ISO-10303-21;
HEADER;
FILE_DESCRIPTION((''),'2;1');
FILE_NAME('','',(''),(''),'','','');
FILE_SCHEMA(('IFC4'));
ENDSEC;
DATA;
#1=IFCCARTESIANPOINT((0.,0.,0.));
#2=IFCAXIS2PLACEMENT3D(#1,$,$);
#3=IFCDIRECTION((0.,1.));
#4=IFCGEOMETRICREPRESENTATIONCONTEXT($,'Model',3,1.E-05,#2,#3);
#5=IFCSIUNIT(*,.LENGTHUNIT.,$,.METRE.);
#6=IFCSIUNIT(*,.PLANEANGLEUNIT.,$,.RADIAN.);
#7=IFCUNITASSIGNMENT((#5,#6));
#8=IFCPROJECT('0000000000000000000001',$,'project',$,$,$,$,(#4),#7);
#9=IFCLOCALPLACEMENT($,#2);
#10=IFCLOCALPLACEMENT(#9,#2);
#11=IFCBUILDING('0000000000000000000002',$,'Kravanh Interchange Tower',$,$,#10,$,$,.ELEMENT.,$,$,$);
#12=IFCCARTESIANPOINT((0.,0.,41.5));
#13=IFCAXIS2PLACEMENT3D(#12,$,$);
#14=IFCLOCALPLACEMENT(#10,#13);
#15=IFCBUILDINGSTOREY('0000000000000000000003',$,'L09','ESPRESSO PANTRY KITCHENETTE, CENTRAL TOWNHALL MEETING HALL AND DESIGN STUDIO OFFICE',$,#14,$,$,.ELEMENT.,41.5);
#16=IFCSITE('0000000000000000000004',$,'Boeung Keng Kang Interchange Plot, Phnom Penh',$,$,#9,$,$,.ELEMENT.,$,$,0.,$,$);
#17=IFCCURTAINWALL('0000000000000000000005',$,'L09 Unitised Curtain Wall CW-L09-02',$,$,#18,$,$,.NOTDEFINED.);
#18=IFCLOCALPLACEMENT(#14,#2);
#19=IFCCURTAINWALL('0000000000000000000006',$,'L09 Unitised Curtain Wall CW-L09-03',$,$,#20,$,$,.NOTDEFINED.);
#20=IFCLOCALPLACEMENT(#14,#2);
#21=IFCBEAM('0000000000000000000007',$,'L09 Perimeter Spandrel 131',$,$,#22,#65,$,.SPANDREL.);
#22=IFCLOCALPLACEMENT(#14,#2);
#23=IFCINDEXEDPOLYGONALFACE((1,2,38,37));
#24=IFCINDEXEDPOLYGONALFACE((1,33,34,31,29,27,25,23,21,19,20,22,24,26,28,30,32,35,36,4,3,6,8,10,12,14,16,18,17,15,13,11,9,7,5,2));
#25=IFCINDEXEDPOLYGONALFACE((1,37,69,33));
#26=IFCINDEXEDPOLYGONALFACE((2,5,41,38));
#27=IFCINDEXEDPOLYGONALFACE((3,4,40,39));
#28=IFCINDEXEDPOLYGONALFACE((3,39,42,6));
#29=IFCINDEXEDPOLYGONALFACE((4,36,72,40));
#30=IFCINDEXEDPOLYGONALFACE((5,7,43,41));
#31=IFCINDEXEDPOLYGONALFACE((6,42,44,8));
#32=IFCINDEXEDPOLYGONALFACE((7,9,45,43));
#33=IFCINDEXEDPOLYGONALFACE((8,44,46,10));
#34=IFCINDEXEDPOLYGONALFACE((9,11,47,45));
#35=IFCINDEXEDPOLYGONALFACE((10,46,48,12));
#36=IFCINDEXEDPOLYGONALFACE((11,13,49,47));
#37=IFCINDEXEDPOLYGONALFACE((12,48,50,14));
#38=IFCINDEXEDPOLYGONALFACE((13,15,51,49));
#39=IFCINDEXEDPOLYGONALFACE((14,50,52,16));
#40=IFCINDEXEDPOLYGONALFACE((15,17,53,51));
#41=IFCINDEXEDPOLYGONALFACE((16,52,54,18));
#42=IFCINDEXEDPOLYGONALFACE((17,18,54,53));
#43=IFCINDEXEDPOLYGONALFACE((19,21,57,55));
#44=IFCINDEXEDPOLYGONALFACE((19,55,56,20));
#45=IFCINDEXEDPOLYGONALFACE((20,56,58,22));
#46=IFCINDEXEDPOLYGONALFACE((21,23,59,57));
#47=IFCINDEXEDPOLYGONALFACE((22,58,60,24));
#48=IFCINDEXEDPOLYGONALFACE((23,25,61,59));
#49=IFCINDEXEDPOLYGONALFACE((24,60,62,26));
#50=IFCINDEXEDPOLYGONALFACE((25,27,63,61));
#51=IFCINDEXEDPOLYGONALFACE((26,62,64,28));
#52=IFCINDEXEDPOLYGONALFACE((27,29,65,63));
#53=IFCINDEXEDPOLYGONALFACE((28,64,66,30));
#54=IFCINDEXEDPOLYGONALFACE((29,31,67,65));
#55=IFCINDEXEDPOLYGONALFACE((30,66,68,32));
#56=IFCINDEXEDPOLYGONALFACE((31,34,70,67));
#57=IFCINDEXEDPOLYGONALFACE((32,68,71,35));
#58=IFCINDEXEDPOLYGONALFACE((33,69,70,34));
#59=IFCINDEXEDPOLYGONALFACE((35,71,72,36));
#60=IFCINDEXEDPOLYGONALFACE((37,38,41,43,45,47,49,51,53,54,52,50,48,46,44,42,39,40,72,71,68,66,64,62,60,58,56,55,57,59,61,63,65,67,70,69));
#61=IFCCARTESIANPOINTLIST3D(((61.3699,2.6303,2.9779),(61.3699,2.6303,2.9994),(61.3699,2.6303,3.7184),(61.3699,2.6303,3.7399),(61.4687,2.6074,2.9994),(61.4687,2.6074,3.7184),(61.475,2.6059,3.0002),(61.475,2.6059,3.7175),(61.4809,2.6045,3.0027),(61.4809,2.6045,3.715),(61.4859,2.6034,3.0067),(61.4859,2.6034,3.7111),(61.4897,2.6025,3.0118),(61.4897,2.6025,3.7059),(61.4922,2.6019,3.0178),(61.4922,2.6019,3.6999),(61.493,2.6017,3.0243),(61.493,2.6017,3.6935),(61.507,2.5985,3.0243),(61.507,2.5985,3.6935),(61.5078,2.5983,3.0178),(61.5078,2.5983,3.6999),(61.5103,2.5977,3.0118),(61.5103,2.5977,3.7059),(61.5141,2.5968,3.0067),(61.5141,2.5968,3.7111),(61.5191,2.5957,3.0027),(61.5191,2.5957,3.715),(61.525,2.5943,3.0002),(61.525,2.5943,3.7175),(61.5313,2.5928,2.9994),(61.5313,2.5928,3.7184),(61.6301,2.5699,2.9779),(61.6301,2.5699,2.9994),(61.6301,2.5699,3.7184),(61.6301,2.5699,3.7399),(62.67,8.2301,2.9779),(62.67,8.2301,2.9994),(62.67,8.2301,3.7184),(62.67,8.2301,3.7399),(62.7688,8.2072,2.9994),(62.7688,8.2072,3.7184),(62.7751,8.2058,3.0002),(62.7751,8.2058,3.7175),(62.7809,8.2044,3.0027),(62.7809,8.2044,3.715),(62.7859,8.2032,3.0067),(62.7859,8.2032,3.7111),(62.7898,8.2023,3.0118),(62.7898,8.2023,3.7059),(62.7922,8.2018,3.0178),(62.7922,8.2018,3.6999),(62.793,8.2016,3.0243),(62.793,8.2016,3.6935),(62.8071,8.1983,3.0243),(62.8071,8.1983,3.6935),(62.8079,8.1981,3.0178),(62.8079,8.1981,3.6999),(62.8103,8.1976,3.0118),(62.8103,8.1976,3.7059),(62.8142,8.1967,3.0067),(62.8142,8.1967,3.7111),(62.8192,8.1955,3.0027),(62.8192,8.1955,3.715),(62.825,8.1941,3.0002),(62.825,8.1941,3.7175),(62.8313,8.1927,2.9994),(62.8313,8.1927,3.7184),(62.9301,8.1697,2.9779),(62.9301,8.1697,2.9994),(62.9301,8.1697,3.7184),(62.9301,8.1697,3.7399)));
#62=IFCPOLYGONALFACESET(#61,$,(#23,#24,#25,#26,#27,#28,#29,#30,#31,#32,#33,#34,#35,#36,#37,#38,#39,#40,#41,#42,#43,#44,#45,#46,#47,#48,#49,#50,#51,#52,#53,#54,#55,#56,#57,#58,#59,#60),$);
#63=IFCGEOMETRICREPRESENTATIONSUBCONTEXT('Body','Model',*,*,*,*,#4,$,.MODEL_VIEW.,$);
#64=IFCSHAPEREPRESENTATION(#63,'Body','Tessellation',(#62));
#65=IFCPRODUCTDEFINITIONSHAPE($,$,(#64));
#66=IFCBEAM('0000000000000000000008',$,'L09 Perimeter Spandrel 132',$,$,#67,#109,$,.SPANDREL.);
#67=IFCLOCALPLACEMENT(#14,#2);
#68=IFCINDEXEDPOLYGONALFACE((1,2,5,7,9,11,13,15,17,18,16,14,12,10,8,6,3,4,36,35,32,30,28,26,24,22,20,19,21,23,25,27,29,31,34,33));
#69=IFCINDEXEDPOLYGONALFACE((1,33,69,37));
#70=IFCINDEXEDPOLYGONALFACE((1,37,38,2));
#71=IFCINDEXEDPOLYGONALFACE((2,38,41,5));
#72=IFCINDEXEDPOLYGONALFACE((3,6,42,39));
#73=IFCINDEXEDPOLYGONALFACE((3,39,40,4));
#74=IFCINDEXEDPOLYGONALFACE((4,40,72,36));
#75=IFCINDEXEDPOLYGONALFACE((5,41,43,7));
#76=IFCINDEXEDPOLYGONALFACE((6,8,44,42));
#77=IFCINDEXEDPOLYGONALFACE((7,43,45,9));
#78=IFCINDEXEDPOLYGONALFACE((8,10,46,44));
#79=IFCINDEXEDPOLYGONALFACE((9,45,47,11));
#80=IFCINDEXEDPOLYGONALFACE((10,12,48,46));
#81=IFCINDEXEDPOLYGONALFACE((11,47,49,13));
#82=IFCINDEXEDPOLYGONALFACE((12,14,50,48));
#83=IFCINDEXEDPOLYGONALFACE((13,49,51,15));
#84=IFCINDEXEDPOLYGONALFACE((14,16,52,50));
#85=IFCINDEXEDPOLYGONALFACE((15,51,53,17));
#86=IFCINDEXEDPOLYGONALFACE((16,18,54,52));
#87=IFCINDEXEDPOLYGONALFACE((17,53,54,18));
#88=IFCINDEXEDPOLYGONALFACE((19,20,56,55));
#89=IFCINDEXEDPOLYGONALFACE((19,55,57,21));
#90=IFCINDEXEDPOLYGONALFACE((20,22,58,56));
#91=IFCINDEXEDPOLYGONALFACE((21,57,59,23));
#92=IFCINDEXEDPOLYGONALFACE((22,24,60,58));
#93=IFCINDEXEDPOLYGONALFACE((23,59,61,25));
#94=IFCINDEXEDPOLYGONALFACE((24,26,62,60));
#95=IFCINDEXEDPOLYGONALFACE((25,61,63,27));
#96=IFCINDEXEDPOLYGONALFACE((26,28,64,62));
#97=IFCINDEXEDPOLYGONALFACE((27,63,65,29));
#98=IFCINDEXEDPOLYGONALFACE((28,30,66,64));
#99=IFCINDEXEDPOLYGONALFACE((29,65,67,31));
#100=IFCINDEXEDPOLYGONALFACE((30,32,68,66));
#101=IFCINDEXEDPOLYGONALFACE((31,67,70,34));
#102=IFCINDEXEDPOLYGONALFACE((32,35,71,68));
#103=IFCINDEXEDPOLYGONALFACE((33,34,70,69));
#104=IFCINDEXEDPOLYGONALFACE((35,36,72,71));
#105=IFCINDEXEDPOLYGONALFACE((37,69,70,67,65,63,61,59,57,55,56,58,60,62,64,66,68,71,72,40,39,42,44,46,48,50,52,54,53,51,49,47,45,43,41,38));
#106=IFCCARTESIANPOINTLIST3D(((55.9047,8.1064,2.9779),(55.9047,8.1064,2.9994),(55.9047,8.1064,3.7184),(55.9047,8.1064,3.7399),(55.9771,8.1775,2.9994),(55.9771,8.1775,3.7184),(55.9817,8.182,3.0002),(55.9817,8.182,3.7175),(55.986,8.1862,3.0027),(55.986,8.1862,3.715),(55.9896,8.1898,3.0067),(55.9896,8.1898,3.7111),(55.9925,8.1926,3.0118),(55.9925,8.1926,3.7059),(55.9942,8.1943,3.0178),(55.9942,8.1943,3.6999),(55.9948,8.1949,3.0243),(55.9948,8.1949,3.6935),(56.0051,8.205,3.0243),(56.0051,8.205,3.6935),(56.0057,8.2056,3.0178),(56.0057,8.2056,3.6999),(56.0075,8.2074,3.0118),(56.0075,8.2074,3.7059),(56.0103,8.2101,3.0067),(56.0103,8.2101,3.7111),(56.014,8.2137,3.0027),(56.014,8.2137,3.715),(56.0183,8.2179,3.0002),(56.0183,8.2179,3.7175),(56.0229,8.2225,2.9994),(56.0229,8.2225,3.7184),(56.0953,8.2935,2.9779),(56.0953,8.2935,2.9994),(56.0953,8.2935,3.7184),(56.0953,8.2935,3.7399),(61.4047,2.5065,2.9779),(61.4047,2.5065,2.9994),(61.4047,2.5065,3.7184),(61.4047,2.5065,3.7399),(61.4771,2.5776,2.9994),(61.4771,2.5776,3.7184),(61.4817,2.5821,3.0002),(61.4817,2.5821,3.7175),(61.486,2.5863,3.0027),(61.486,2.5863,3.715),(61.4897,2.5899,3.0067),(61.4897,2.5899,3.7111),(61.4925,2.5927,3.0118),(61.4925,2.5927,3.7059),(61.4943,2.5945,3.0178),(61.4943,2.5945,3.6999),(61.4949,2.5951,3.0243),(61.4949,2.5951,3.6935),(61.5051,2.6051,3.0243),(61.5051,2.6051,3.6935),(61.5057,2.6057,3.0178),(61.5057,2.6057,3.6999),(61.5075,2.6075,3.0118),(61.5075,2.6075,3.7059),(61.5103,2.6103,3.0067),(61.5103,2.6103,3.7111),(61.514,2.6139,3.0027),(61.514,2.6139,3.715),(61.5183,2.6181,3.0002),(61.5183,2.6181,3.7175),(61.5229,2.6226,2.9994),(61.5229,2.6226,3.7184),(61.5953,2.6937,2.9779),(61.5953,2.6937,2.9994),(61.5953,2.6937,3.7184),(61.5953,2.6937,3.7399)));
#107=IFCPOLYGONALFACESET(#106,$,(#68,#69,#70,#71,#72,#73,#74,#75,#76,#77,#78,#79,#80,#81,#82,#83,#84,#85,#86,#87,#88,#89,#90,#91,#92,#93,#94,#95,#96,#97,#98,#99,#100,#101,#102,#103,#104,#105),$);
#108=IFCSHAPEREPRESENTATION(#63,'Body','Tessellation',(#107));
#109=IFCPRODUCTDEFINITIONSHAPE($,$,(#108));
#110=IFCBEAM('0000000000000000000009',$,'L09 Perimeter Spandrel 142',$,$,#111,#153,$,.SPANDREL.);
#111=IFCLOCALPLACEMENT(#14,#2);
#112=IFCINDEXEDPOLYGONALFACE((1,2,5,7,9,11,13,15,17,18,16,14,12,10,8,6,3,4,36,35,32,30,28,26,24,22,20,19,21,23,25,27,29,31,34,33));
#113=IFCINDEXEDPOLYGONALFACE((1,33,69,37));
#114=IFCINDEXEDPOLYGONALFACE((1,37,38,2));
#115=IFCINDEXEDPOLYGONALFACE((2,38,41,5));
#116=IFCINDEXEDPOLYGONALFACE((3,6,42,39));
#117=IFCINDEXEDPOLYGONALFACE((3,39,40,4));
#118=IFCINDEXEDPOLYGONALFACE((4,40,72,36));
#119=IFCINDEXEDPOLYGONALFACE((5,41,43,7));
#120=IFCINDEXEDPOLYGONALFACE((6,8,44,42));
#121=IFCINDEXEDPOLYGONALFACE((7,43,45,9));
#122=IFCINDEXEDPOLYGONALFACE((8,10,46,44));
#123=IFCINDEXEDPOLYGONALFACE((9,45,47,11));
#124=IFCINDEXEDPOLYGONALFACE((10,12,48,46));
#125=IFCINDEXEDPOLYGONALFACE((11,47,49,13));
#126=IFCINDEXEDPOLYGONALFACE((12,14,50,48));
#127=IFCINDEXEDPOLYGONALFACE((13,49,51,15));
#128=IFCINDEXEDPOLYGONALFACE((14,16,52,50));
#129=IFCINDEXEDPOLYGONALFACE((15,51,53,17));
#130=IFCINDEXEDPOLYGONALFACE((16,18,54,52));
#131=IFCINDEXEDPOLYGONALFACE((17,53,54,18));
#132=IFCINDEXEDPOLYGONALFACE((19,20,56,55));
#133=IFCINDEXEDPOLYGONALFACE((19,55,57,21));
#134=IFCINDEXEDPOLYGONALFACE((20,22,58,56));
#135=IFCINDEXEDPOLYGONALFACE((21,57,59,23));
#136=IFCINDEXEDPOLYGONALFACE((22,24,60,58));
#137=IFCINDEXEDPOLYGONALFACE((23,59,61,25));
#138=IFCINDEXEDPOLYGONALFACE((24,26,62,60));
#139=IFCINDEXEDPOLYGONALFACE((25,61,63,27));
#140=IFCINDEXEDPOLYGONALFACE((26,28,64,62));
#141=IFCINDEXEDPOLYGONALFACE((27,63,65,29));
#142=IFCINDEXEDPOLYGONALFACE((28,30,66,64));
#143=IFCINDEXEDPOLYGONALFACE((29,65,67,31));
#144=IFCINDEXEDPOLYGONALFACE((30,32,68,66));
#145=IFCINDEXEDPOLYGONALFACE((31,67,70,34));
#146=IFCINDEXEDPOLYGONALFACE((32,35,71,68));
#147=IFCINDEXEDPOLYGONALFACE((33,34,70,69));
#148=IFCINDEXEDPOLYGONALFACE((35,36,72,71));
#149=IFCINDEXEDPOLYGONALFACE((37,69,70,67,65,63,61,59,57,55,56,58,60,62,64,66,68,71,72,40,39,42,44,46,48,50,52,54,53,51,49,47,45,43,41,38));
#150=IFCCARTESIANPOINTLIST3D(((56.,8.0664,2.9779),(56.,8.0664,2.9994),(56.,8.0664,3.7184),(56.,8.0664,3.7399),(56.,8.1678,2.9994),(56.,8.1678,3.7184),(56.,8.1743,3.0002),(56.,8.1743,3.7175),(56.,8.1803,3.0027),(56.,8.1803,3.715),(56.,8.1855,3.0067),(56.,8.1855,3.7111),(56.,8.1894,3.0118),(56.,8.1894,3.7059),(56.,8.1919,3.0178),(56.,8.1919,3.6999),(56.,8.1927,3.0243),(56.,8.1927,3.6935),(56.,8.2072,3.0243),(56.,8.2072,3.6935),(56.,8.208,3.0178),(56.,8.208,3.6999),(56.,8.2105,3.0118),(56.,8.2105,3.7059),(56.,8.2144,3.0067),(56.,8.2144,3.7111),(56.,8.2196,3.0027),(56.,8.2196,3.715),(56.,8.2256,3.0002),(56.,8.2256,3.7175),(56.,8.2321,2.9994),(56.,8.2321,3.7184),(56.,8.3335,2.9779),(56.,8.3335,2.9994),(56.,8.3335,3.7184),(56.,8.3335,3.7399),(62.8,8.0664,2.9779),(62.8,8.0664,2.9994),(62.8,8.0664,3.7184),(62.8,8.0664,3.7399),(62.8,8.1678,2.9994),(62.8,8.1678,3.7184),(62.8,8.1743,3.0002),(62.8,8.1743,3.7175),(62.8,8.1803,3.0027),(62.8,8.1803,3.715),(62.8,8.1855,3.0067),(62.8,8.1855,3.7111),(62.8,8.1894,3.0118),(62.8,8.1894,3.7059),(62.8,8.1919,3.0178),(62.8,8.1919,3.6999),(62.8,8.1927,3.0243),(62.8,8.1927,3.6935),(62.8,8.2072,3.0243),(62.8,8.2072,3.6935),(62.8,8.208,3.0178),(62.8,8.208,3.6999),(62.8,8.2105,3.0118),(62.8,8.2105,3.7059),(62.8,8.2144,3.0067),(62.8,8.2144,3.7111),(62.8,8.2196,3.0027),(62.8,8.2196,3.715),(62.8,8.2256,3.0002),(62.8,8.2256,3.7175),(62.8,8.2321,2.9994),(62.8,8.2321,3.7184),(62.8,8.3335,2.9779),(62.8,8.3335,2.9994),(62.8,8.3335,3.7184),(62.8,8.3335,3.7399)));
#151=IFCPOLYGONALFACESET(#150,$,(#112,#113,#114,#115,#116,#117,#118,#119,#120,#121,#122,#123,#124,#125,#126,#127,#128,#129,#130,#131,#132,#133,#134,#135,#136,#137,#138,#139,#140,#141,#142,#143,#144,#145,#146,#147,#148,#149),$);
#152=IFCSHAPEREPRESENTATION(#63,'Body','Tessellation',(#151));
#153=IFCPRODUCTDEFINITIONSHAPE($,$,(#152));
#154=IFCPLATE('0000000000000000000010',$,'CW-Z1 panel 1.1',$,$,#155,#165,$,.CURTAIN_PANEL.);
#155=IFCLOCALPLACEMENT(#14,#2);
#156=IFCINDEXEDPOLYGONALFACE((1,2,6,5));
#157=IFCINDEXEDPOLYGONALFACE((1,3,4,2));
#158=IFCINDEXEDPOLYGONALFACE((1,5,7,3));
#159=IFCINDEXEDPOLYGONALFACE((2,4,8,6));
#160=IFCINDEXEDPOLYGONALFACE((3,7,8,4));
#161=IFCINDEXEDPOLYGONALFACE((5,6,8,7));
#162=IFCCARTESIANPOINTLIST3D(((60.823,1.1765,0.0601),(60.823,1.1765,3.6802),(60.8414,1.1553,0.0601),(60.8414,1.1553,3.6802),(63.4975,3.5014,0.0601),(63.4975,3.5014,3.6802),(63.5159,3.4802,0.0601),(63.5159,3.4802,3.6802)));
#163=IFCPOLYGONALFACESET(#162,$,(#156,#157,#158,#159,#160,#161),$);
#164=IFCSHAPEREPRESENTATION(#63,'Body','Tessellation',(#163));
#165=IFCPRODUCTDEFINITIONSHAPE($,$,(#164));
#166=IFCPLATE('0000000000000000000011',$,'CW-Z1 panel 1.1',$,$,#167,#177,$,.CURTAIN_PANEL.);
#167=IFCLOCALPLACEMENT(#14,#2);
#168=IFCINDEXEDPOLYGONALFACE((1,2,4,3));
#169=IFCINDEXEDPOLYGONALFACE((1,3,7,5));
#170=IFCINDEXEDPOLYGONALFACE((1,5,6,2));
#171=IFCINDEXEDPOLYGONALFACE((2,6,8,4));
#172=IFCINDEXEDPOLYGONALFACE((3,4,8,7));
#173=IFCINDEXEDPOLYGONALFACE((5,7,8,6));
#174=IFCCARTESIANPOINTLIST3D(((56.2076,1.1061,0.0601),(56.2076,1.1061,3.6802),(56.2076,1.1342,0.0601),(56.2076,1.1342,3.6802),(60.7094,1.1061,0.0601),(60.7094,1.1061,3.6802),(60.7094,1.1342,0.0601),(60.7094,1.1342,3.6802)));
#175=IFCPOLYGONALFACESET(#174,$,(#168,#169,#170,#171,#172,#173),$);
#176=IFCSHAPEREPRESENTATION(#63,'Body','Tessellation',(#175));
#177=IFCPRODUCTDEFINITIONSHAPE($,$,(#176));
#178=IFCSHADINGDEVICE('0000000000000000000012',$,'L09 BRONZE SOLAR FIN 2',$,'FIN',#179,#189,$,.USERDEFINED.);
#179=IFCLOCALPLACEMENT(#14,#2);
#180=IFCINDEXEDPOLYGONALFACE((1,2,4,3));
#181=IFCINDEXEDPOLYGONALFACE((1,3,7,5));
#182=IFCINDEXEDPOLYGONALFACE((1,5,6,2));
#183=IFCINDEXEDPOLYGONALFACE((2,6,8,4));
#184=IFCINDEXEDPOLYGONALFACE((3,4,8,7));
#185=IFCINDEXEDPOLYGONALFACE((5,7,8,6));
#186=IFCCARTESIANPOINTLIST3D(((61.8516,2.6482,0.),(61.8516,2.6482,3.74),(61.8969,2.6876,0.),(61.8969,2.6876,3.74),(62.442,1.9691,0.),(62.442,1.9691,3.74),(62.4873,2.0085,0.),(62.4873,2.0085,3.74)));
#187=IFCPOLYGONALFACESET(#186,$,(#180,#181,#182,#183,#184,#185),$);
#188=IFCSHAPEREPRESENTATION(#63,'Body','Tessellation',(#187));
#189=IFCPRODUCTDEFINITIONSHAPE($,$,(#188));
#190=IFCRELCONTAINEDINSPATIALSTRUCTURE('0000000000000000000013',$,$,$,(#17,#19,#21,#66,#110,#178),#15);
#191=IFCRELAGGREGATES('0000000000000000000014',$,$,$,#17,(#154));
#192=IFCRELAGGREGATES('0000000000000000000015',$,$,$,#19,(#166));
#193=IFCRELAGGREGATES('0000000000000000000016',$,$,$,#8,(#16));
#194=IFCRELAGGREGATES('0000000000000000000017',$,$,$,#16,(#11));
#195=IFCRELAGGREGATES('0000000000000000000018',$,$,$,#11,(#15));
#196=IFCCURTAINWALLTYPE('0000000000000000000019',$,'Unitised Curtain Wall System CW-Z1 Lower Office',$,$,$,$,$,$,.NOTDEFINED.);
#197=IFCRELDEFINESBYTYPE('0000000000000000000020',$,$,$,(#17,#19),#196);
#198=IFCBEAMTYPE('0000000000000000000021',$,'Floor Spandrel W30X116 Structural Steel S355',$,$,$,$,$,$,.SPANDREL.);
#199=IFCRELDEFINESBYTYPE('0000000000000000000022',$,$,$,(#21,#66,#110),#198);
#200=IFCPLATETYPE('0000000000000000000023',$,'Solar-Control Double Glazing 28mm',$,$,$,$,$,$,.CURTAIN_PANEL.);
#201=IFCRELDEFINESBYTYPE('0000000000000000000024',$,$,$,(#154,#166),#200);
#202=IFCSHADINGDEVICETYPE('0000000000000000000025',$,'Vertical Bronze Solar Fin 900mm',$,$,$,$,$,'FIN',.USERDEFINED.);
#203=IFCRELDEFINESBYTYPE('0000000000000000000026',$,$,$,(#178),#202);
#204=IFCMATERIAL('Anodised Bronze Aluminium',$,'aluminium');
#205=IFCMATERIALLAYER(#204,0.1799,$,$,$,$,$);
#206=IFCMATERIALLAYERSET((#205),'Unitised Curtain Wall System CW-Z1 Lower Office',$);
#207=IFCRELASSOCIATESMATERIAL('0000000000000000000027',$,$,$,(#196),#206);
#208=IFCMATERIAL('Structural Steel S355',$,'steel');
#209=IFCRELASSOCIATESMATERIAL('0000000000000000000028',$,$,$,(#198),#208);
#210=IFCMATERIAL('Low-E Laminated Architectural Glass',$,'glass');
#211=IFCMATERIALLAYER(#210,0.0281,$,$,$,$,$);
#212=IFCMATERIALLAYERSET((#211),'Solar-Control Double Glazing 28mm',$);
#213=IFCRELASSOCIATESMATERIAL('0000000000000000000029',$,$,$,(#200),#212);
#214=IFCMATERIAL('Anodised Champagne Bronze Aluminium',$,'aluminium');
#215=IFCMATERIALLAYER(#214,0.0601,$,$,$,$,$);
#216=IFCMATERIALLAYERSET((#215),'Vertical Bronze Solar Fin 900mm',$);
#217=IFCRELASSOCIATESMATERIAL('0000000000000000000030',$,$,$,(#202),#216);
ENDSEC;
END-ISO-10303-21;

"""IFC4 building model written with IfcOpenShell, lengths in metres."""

from ifc_helpers import new_model, si_unit, direction, frame, origin, origin_2d, place, context, subcontext, project, spatial, rectangle, i_section, extrude, material, layer, layer_set, material_profile, profile_set, type_object, element, aggregate, save


model = new_model("IFC4")

# Units and contexts
model_context = context("Model", 3, precision=1e-05, world=origin(), true_north=direction((0.0, 1.0)))
body_context = subcontext(model_context, "Body", "Model", "MODEL_VIEW")
ifc_project = project(units=[si_unit("LENGTHUNIT", "METRE"), si_unit("PLANEANGLEUNIT", "RADIAN")], contexts=[model_context])

# Site, building, storey
site_placement = place(None, origin())
site = spatial("IfcSite", under=ifc_project, at=site_placement, Name="Boeung Keng Kang Interchange Plot, Phnom Penh", CompositionType="ELEMENT", RefElevation=0.0)
building_placement = place(site_placement, origin())
building = spatial("IfcBuilding", under=site, at=building_placement, Name="Kravanh Interchange Tower", CompositionType="ELEMENT")
storey_placement = place(building_placement, frame((0.0, 0.0, 41.5)))
storey = spatial("IfcBuildingStorey", under=building, at=storey_placement, Name="L09", Description="ESPRESSO PANTRY KITCHENETTE, CENTRAL TOWNHALL MEETING HALL AND DESIGN STUDIO OFFICE", CompositionType="ELEMENT", Elevation=41.5)

# Curtain walls
ifc_material_1 = material(Name="Anodised Bronze Aluminium", Category="aluminium")
ifc_layer_1 = layer(ifc_material_1, 0.1799)
ifc_layer_set_1 = layer_set([ifc_layer_1], Name="Unitised Curtain Wall System CW-Z1 Lower Office")
curtain_wall_type = type_object("IfcCurtainWallType", Name="Unitised Curtain Wall System CW-Z1 Lower Office", PredefinedType="NOTDEFINED", material=ifc_layer_set_1)
curtain_wall_1_placement = place(storey_placement, origin())
curtain_wall_1 = element("IfcCurtainWall", 1, at=curtain_wall_1_placement, inside=storey, type_object=curtain_wall_type, Name="L09 Unitised Curtain Wall CW-L09-02", PredefinedType="NOTDEFINED")
curtain_wall_2_placement = place(storey_placement, origin())
curtain_wall_2 = element("IfcCurtainWall", 2, at=curtain_wall_2_placement, inside=storey, type_object=curtain_wall_type, Name="L09 Unitised Curtain Wall CW-L09-03", PredefinedType="NOTDEFINED")

# Beams
ifc_material_2 = material(Name="Structural Steel S355", Category="steel")
ifc_material_profile_1 = material_profile(ifc_material_2, i_section(OverallWidth=0.2671, OverallDepth=0.762, WebThickness=0.0144, FlangeThickness=0.0215, FilletRadius=0.0249, at=origin_2d()), Name="W30X116")
ifc_profile_set_1 = profile_set([ifc_material_profile_1], Name="Structural Steel S355")
beam_type_1 = type_object("IfcBeamType", Name="Floor Spandrel W30X116 Structural Steel S355", PredefinedType="SPANDREL", material=ifc_profile_set_1)
beam_1_placement = place(storey_placement, frame((61.5, 2.6001, 3.3589), z_axis=(0.226143, 0.974094, 0.0), x_axis=(-0.974094, 0.226143, 0.0)))
element("IfcBeam", 3, at=beam_1_placement, inside=storey, type_object=beam_type_1, Name="L09 Perimeter Spandrel 131", PredefinedType="SPANDREL", context=body_context, shape_type="SweptSolid", body=[
    extrude(i_section(OverallWidth=0.2671, OverallDepth=0.762, WebThickness=0.0144, FlangeThickness=0.0215, FilletRadius=0.0249, at=origin_2d()), origin(), (0.0, 0.0, 1.0), 5.7488),
])
beam_2_placement = place(storey_placement, frame((61.5, 2.6001, 3.3589), z_axis=(-0.700717, 0.713439, 0.0), x_axis=(-0.713439, -0.700717, 0.0)))
element("IfcBeam", 4, at=beam_2_placement, inside=storey, type_object=beam_type_1, Name="L09 Perimeter Spandrel 132", PredefinedType="SPANDREL", context=body_context, shape_type="SweptSolid", body=[
    extrude(i_section(OverallWidth=0.2671, OverallDepth=0.762, WebThickness=0.0144, FlangeThickness=0.0215, FilletRadius=0.0249, at=origin_2d()), origin(), (0.0, 0.0, 1.0), 7.8491),
])
beam_3_placement = place(storey_placement, frame((56.0, 8.2, 3.3589), z_axis=(1.0, 0.0, 0.0), x_axis=(0.0, 1.0, 0.0)))
element("IfcBeam", 5, at=beam_3_placement, inside=storey, type_object=beam_type_1, Name="L09 Perimeter Spandrel 142", PredefinedType="SPANDREL", context=body_context, shape_type="SweptSolid", body=[
    extrude(i_section(OverallWidth=0.2671, OverallDepth=0.762, WebThickness=0.0144, FlangeThickness=0.0215, FilletRadius=0.0249, at=origin_2d()), origin(), (0.0, 0.0, 1.0), 6.8),
])

# Plates
ifc_material_3 = material(Name="Low-E Laminated Architectural Glass", Category="glass")
ifc_layer_2 = layer(ifc_material_3, 0.0281)
ifc_layer_set_2 = layer_set([ifc_layer_2], Name="Solar-Control Double Glazing 28mm")
plate_type = type_object("IfcPlateType", Name="Solar-Control Double Glazing 28mm", PredefinedType="CURTAIN_PANEL", material=ifc_layer_set_2)
plate_1_placement = place(storey_placement, frame((62.1694, 2.3284, 0.0601), z_axis=(0.0, 0.0, 1.0), x_axis=(-0.754708, -0.65606, 0.0)))
plate_1 = element("IfcPlate", 6, at=plate_1_placement, type_object=plate_type, Name="CW-Z1 panel 1.1", PredefinedType="CURTAIN_PANEL", context=body_context, shape_type="SweptSolid", body=[
    extrude(rectangle(XDim=3.5437, YDim=0.0281, at=origin_2d()), origin(), (0.0, 0.0, 1.0), 3.6201),
])
aggregate(curtain_wall_1, [plate_1])
plate_2_placement = place(storey_placement, frame((58.4585, 1.1201, 0.0601), z_axis=(0.0, 0.0, 1.0), x_axis=(-1.0, 0.0, 0.0)))
plate_2 = element("IfcPlate", 7, at=plate_2_placement, type_object=plate_type, Name="CW-Z1 panel 1.1", PredefinedType="CURTAIN_PANEL", context=body_context, shape_type="SweptSolid", body=[
    extrude(rectangle(XDim=4.5017, YDim=0.0281, at=origin_2d()), origin(), (0.0, 0.0, 1.0), 3.6201),
])
aggregate(curtain_wall_2, [plate_2])

# Shading device
ifc_material_4 = material(Name="Anodised Champagne Bronze Aluminium", Category="aluminium")
ifc_layer_3 = layer(ifc_material_4, 0.0601)
ifc_layer_set_3 = layer_set([ifc_layer_3], Name="Vertical Bronze Solar Fin 900mm")
shading_device_type = type_object("IfcShadingDeviceType", Name="Vertical Bronze Solar Fin 900mm", ElementType="FIN", PredefinedType="USERDEFINED", material=ifc_layer_set_3)
shading_device_placement = place(storey_placement, frame((62.1694, 2.3284, 0.0), z_axis=(0.0, 0.0, 1.0), x_axis=(0.656068, -0.754702, 0.0)))
element("IfcShadingDevice", 8, at=shading_device_placement, inside=storey, type_object=shading_device_type, Name="L09 BRONZE SOLAR FIN 2", ObjectType="FIN", PredefinedType="USERDEFINED", context=body_context, shape_type="SweptSolid", body=[
    extrude(rectangle(XDim=0.8999, YDim=0.0601, at=origin_2d()), origin(), (0.0, 0.0, 1.0), 3.74),
])

save(model, "model.ifc")
